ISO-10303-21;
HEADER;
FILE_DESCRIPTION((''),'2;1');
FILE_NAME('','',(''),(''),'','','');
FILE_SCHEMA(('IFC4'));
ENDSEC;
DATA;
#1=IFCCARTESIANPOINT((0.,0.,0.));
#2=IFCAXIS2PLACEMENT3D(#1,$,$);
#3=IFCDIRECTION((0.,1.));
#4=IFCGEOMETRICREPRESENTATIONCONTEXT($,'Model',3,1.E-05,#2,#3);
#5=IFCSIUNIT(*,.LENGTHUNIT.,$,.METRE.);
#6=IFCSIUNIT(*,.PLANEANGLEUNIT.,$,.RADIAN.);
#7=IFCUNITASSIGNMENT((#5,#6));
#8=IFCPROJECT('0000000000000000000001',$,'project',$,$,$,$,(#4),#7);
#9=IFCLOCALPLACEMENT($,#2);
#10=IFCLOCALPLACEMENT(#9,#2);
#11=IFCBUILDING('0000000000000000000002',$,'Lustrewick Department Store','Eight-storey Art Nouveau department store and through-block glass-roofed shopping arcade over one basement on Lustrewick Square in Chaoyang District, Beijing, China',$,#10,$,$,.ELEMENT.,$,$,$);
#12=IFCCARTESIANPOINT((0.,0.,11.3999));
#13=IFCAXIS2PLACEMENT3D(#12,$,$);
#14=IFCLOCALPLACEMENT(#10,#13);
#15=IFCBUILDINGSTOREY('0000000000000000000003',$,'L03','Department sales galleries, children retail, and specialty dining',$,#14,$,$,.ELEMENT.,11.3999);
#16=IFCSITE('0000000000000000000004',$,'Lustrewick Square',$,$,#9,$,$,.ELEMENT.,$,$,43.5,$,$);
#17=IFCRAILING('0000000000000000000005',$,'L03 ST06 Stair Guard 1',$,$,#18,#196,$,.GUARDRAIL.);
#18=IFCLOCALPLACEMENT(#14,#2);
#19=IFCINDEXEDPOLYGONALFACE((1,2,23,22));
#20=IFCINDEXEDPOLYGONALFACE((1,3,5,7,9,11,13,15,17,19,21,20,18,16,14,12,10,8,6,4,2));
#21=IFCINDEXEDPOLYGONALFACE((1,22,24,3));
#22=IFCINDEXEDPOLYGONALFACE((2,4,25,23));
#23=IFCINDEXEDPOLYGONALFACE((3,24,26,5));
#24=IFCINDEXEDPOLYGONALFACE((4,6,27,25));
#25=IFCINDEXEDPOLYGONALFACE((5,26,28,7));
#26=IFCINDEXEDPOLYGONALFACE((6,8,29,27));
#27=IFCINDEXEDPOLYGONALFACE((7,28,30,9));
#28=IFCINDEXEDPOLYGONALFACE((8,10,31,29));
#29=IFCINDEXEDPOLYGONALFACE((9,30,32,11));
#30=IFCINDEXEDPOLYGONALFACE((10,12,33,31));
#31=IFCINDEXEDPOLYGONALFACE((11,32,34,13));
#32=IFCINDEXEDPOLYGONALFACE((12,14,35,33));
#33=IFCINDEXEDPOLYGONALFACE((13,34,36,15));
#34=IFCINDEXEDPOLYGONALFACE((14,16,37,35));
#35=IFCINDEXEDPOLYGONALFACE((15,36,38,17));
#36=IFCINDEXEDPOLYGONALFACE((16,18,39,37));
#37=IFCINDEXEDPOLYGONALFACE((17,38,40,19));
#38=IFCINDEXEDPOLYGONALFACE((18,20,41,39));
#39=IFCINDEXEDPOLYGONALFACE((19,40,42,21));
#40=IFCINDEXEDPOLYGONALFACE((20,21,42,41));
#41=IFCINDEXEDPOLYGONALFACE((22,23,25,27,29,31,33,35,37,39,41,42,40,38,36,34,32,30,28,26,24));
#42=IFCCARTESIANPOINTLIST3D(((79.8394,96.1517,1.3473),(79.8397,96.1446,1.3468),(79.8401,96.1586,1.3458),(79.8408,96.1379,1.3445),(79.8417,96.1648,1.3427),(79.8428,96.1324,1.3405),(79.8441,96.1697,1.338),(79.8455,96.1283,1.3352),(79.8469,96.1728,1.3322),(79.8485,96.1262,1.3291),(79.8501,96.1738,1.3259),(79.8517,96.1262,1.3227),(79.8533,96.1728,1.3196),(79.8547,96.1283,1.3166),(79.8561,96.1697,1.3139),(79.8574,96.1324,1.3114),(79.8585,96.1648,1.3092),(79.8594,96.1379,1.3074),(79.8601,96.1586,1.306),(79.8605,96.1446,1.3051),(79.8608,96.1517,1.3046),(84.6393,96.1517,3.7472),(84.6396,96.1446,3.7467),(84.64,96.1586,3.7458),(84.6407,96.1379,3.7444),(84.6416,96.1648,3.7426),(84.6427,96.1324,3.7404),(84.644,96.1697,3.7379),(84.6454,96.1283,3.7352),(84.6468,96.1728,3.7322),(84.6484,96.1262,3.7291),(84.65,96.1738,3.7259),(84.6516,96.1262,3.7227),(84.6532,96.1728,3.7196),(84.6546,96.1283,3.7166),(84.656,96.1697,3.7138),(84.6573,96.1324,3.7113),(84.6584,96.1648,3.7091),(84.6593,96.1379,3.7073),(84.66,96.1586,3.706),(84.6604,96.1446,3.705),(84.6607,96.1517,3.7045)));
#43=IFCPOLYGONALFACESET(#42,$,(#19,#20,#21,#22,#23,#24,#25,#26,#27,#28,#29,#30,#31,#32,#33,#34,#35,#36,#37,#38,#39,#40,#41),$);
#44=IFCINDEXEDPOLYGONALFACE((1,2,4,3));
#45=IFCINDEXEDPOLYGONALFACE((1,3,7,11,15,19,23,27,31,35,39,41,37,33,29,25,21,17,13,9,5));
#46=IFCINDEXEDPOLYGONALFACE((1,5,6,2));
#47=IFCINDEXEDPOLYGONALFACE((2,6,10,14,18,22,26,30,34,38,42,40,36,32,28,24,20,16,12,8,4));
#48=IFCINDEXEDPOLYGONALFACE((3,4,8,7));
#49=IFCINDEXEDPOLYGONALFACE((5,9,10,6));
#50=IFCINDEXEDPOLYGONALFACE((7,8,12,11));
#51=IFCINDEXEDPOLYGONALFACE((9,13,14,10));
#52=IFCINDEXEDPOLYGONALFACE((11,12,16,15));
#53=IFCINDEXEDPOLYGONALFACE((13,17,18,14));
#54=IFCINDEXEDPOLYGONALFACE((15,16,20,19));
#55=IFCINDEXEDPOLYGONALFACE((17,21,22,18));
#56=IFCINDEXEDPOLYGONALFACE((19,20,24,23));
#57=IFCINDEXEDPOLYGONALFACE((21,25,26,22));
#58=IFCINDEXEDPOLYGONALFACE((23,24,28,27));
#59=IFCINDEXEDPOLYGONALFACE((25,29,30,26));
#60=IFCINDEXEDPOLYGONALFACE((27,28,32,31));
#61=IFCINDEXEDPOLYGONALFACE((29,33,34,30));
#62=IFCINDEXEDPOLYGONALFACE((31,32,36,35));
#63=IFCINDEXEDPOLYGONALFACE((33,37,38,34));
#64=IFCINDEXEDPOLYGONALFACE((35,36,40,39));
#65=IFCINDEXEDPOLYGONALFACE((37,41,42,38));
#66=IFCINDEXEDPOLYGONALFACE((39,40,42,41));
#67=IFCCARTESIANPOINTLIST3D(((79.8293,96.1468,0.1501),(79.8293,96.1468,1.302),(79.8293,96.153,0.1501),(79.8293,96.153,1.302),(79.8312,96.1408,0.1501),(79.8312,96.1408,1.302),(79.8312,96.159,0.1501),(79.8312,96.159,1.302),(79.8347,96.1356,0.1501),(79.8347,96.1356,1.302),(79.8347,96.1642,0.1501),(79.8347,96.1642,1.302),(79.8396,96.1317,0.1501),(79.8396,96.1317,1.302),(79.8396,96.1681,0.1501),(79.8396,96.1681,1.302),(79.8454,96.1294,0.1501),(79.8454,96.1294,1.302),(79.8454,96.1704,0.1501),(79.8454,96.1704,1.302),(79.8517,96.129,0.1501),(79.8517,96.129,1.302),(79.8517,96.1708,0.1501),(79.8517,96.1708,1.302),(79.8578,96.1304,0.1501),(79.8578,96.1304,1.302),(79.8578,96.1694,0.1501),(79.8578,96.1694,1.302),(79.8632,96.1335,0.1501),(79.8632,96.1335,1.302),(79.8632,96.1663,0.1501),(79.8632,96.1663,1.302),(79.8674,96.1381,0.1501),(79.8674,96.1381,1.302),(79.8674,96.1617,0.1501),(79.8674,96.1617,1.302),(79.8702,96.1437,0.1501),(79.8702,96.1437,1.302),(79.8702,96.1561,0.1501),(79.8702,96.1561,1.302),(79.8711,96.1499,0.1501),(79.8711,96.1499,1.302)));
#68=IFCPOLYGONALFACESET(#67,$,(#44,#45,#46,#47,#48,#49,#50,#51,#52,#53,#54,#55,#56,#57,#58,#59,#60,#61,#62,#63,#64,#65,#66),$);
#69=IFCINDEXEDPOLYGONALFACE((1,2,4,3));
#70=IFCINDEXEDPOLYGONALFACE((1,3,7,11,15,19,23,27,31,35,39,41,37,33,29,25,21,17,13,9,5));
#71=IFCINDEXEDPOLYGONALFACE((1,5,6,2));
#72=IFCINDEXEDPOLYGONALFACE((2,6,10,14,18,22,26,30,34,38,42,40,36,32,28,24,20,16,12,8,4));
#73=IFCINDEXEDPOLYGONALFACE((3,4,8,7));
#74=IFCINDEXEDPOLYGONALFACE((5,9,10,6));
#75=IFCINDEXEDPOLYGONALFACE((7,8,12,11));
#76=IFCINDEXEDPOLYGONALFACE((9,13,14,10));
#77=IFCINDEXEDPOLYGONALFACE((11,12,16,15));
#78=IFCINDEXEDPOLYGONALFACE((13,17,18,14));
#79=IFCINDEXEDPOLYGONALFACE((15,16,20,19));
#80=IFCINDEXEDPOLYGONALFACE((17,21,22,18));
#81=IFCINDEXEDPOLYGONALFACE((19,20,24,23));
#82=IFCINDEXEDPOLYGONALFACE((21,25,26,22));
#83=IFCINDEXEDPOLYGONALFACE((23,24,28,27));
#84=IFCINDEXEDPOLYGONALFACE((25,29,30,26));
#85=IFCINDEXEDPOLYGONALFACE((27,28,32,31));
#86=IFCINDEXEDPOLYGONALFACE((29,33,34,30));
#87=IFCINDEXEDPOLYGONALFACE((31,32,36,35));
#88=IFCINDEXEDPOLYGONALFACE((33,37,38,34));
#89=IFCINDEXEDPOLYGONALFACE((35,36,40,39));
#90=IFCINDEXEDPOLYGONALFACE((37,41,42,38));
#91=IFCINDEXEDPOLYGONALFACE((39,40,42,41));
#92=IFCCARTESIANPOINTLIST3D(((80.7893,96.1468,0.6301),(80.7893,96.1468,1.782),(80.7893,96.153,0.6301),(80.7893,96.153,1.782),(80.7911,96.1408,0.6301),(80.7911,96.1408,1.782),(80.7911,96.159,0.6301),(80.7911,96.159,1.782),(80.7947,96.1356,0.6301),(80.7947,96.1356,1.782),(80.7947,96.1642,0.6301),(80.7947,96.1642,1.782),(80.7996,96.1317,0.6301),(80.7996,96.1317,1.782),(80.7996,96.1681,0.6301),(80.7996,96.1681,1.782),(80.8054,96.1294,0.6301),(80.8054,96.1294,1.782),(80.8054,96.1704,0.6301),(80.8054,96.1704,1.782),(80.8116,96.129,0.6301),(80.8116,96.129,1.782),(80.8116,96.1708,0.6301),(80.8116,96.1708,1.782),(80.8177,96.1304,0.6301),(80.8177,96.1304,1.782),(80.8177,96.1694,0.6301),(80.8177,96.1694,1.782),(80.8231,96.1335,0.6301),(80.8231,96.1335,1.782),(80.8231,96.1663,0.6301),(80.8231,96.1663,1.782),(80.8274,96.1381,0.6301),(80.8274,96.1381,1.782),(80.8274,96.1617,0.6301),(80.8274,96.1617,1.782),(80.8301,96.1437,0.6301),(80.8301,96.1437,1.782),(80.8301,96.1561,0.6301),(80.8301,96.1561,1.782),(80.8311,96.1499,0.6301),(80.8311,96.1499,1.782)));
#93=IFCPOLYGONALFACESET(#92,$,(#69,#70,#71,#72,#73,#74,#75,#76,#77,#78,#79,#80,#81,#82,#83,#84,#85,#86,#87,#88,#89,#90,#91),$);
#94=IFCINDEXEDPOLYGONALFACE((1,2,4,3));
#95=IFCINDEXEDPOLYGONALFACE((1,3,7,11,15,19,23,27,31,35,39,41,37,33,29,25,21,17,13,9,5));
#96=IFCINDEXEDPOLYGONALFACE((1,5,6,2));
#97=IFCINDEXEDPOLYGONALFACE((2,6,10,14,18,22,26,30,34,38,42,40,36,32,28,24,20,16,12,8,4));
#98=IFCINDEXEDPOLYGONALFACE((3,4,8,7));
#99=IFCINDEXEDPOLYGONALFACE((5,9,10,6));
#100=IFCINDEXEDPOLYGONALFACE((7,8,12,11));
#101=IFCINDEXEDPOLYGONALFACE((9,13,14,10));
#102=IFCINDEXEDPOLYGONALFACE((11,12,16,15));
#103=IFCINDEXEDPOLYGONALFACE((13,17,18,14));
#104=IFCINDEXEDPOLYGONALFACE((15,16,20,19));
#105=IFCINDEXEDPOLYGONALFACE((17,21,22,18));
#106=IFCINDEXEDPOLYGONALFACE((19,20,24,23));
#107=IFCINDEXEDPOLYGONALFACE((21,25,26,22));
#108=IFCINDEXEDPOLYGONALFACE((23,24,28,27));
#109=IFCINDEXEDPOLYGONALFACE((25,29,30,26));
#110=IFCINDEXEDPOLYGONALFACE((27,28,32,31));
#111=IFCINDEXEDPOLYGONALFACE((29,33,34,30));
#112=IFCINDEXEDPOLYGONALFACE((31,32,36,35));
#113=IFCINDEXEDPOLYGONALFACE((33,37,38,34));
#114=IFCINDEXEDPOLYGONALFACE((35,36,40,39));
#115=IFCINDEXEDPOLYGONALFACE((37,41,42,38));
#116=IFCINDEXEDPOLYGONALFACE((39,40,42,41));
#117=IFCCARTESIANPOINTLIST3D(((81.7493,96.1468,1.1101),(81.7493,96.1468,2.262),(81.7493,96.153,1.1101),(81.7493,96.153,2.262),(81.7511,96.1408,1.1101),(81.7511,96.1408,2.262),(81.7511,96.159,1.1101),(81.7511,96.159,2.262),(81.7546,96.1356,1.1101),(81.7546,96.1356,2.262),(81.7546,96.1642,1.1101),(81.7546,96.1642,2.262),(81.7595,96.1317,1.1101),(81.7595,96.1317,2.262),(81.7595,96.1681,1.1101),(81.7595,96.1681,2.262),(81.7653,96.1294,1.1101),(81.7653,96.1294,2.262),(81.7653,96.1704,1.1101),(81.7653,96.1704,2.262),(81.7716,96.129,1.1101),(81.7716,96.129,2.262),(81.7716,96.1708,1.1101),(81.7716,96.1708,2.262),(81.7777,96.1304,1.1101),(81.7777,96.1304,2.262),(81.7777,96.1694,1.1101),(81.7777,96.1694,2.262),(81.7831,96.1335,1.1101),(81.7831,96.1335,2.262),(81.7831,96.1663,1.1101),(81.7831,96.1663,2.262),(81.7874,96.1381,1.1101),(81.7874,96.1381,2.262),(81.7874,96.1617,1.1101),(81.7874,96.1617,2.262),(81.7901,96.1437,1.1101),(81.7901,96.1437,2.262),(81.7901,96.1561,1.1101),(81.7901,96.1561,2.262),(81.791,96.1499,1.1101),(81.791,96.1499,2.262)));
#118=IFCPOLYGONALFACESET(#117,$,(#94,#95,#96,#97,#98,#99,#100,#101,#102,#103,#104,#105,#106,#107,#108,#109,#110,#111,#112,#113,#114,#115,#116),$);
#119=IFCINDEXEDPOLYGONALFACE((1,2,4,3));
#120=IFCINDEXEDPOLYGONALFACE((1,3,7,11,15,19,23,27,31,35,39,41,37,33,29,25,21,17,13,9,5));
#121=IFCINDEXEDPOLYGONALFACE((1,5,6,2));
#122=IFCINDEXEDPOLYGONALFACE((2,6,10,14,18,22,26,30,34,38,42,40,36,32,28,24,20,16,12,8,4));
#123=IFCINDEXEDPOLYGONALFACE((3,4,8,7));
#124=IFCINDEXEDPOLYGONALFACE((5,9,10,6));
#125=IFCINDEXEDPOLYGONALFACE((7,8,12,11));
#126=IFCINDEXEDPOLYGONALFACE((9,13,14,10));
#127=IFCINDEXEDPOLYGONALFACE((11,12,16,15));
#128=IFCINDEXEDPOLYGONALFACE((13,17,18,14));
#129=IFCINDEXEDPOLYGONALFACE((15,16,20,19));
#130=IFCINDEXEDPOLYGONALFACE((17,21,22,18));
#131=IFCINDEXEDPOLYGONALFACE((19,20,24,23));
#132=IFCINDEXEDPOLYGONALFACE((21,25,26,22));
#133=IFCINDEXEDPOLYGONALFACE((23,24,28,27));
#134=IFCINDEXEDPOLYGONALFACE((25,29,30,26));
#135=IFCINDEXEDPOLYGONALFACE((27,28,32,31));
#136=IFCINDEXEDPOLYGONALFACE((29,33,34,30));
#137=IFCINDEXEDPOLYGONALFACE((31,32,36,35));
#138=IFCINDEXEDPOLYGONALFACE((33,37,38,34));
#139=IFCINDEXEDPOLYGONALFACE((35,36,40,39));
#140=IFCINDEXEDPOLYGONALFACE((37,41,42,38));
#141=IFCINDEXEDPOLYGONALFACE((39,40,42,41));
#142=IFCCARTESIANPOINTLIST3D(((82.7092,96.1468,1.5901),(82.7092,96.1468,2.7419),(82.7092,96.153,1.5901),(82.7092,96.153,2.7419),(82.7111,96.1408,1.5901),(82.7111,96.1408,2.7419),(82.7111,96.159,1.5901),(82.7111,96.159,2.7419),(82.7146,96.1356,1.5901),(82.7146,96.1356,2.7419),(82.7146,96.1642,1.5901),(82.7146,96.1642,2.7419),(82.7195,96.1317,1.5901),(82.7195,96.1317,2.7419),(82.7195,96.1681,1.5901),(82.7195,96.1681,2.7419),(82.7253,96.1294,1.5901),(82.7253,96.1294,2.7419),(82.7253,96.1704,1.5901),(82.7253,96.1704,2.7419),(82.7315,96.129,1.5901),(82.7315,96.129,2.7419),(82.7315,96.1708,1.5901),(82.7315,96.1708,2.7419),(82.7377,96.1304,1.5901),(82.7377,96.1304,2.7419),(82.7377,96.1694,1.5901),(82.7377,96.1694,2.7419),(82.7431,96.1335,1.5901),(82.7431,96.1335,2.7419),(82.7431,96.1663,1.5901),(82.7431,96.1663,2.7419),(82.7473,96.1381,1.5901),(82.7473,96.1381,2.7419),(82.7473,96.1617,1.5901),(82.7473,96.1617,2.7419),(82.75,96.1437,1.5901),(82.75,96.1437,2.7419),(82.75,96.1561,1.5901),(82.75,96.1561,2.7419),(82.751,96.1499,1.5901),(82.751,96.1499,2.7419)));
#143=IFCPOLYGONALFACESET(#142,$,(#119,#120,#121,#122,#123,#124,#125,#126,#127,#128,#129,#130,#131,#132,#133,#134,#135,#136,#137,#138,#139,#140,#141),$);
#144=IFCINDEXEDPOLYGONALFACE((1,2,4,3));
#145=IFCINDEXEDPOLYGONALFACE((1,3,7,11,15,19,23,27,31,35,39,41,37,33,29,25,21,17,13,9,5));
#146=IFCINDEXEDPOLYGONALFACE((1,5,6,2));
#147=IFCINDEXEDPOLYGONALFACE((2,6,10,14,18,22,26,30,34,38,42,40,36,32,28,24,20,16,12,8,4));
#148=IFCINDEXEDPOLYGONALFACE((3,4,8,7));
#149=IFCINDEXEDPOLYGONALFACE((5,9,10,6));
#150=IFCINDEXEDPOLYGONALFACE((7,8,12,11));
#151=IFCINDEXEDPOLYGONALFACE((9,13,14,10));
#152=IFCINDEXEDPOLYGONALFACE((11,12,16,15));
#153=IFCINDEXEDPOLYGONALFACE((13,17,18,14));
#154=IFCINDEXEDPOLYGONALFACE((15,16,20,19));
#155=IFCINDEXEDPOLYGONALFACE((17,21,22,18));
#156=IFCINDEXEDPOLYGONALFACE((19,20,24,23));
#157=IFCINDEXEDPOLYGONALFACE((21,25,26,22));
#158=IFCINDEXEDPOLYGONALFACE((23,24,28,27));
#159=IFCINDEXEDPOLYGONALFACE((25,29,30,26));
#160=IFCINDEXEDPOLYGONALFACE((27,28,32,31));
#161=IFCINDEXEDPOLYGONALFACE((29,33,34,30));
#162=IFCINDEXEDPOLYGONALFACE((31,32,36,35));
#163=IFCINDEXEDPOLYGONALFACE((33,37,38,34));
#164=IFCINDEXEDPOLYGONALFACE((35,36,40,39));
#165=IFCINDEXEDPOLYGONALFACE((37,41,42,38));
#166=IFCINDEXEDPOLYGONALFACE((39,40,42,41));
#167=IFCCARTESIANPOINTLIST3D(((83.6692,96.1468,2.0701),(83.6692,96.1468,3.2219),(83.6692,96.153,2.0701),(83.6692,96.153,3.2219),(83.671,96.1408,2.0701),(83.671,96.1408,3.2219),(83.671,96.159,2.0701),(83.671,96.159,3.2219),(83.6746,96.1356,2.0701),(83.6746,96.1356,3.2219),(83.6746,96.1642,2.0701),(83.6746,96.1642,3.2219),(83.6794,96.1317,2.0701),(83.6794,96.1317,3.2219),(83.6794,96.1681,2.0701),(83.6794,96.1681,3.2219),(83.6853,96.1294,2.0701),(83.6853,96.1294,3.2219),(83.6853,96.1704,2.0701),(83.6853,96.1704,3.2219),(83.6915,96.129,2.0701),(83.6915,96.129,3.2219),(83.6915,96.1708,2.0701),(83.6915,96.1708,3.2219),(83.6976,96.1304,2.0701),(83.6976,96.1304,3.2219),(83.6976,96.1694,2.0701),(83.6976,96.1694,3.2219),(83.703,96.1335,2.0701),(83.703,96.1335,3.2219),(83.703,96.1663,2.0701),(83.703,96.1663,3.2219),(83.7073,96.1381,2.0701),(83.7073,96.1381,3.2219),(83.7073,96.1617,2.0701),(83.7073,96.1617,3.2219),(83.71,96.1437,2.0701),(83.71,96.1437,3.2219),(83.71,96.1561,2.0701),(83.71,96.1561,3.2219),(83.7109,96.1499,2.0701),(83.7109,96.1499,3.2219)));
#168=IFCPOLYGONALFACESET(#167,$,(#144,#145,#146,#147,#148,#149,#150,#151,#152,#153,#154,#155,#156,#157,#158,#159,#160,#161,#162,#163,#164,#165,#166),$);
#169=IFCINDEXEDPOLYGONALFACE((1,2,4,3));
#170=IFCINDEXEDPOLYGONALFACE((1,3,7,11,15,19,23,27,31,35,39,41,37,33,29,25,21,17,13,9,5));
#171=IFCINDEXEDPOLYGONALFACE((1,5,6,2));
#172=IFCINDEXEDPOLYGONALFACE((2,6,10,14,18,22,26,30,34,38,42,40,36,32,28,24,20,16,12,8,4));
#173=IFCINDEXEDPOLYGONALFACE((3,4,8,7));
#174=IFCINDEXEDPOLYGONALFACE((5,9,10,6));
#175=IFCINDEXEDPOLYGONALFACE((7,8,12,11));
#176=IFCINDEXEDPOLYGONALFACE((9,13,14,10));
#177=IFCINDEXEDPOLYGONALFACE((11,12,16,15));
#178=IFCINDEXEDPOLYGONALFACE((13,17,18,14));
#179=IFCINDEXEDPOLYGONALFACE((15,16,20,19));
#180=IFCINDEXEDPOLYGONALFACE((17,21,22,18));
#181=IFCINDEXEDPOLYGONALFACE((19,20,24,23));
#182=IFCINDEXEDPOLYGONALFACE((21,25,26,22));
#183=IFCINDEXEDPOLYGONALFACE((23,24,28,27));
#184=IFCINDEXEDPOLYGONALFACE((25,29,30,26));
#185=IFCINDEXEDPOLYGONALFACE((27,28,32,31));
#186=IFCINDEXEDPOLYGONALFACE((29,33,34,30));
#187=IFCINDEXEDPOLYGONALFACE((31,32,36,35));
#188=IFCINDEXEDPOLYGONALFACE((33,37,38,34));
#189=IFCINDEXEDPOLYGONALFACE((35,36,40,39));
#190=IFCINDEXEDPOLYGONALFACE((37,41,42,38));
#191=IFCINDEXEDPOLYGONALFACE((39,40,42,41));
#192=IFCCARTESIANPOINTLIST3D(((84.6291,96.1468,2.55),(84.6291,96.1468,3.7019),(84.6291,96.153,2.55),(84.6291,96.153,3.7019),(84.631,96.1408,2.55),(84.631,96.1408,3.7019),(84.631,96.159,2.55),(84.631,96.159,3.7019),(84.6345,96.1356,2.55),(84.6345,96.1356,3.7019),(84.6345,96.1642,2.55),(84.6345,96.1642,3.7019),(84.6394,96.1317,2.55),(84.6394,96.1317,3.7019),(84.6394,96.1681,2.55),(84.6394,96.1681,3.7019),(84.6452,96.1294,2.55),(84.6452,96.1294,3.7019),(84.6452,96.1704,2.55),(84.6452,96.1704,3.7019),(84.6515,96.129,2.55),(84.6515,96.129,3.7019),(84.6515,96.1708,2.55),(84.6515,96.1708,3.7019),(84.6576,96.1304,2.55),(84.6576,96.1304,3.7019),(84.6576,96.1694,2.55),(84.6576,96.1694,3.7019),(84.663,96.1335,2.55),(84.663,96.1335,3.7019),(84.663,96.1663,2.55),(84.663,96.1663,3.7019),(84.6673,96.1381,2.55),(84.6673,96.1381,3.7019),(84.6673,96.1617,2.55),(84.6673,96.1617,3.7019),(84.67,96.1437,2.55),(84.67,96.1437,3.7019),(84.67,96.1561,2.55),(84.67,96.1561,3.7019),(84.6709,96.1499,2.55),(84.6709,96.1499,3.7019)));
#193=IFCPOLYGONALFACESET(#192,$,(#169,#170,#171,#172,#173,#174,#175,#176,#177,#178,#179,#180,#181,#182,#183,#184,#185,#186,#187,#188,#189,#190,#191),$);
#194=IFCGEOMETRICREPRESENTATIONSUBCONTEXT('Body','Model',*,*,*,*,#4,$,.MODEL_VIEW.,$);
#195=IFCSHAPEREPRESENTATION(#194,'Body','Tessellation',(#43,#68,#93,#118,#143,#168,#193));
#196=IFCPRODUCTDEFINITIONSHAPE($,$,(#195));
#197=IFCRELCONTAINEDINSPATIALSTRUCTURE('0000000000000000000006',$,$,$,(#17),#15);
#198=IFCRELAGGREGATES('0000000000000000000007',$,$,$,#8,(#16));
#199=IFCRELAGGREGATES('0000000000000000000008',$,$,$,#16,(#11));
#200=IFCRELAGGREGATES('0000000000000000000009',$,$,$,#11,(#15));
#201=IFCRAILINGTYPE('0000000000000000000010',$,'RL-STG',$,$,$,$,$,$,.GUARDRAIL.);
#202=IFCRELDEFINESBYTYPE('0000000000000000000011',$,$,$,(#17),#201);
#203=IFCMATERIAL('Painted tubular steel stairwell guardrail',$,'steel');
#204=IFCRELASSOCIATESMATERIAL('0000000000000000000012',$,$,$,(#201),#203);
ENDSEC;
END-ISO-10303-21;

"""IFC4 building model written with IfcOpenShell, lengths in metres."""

from ifc_helpers import new_model, si_unit, direction, frame, origin, origin_2d, place, context, subcontext, project, spatial, circle, extrude, material, type_object, element, save


model = new_model("IFC4")

# Units and contexts
model_context = context("Model", 3, precision=1e-05, world=origin(), true_north=direction((0.0, 1.0)))
body_context = subcontext(model_context, "Body", "Model", "MODEL_VIEW")
ifc_project = project(units=[si_unit("LENGTHUNIT", "METRE"), si_unit("PLANEANGLEUNIT", "RADIAN")], contexts=[model_context])

# Site, building, storey
site_placement = place(None, origin())
site = spatial("IfcSite", under=ifc_project, at=site_placement, Name="Lustrewick Square", CompositionType="ELEMENT", RefElevation=43.5)
building_placement = place(site_placement, origin())
building = spatial("IfcBuilding", under=site, at=building_placement, Name="Lustrewick Department Store", Description="Eight-storey Art Nouveau department store and through-block glass-roofed shopping arcade over one basement on Lustrewick Square in Chaoyang District, Beijing, China", CompositionType="ELEMENT")
storey_placement = place(building_placement, frame((0.0, 0.0, 11.3999)))
storey = spatial("IfcBuildingStorey", under=building, at=storey_placement, Name="L03", Description="Department sales galleries, children retail, and specialty dining", CompositionType="ELEMENT", Elevation=11.3999)

# Railing
ifc_material_1 = material(Name="Painted tubular steel stairwell guardrail", Category="steel")
railing_type_1 = type_object("IfcRailingType", Name="RL-STG", PredefinedType="GUARDRAIL", material=ifc_material_1)
railing_1_placement = place(storey_placement, frame((79.8501, 96.1499, 0.1501)))
element("IfcRailing", 1, at=railing_1_placement, inside=storey, type_object=railing_type_1, Name="L03 ST06 Stair Guard 1", PredefinedType="GUARDRAIL", context=body_context, shape_type="SweptSolid", body=[
    extrude(circle(Radius=0.0239, at=origin_2d()), frame((0.0, 0.0, 1.1758), z_axis=(0.894427, 0.0, 0.447214), x_axis=(0.0, 1.0, 0.0)), (0.0, 0.0, 1.0), 5.3665),
    extrude(circle(Radius=0.021, at=origin_2d()), origin(), (0.0, 0.0, 1.0), 1.1519),
    extrude(circle(Radius=0.021, at=origin_2d()), frame((0.96, 0.0, 0.48)), (0.0, 0.0, 1.0), 1.1519),
    extrude(circle(Radius=0.021, at=origin_2d()), frame((1.9199, 0.0, 0.96)), (0.0, 0.0, 1.0), 1.1519),
    extrude(circle(Radius=0.021, at=origin_2d()), frame((2.8799, 0.0, 1.4399)), (0.0, 0.0, 1.0), 1.1519),
    extrude(circle(Radius=0.021, at=origin_2d()), frame((3.8398, 0.0, 1.9199)), (0.0, 0.0, 1.0), 1.1519),
    extrude(circle(Radius=0.021, at=origin_2d()), frame((4.7998, 0.0, 2.3999)), (0.0, 0.0, 1.0), 1.1519),
])

save(model, "model.ifc")
